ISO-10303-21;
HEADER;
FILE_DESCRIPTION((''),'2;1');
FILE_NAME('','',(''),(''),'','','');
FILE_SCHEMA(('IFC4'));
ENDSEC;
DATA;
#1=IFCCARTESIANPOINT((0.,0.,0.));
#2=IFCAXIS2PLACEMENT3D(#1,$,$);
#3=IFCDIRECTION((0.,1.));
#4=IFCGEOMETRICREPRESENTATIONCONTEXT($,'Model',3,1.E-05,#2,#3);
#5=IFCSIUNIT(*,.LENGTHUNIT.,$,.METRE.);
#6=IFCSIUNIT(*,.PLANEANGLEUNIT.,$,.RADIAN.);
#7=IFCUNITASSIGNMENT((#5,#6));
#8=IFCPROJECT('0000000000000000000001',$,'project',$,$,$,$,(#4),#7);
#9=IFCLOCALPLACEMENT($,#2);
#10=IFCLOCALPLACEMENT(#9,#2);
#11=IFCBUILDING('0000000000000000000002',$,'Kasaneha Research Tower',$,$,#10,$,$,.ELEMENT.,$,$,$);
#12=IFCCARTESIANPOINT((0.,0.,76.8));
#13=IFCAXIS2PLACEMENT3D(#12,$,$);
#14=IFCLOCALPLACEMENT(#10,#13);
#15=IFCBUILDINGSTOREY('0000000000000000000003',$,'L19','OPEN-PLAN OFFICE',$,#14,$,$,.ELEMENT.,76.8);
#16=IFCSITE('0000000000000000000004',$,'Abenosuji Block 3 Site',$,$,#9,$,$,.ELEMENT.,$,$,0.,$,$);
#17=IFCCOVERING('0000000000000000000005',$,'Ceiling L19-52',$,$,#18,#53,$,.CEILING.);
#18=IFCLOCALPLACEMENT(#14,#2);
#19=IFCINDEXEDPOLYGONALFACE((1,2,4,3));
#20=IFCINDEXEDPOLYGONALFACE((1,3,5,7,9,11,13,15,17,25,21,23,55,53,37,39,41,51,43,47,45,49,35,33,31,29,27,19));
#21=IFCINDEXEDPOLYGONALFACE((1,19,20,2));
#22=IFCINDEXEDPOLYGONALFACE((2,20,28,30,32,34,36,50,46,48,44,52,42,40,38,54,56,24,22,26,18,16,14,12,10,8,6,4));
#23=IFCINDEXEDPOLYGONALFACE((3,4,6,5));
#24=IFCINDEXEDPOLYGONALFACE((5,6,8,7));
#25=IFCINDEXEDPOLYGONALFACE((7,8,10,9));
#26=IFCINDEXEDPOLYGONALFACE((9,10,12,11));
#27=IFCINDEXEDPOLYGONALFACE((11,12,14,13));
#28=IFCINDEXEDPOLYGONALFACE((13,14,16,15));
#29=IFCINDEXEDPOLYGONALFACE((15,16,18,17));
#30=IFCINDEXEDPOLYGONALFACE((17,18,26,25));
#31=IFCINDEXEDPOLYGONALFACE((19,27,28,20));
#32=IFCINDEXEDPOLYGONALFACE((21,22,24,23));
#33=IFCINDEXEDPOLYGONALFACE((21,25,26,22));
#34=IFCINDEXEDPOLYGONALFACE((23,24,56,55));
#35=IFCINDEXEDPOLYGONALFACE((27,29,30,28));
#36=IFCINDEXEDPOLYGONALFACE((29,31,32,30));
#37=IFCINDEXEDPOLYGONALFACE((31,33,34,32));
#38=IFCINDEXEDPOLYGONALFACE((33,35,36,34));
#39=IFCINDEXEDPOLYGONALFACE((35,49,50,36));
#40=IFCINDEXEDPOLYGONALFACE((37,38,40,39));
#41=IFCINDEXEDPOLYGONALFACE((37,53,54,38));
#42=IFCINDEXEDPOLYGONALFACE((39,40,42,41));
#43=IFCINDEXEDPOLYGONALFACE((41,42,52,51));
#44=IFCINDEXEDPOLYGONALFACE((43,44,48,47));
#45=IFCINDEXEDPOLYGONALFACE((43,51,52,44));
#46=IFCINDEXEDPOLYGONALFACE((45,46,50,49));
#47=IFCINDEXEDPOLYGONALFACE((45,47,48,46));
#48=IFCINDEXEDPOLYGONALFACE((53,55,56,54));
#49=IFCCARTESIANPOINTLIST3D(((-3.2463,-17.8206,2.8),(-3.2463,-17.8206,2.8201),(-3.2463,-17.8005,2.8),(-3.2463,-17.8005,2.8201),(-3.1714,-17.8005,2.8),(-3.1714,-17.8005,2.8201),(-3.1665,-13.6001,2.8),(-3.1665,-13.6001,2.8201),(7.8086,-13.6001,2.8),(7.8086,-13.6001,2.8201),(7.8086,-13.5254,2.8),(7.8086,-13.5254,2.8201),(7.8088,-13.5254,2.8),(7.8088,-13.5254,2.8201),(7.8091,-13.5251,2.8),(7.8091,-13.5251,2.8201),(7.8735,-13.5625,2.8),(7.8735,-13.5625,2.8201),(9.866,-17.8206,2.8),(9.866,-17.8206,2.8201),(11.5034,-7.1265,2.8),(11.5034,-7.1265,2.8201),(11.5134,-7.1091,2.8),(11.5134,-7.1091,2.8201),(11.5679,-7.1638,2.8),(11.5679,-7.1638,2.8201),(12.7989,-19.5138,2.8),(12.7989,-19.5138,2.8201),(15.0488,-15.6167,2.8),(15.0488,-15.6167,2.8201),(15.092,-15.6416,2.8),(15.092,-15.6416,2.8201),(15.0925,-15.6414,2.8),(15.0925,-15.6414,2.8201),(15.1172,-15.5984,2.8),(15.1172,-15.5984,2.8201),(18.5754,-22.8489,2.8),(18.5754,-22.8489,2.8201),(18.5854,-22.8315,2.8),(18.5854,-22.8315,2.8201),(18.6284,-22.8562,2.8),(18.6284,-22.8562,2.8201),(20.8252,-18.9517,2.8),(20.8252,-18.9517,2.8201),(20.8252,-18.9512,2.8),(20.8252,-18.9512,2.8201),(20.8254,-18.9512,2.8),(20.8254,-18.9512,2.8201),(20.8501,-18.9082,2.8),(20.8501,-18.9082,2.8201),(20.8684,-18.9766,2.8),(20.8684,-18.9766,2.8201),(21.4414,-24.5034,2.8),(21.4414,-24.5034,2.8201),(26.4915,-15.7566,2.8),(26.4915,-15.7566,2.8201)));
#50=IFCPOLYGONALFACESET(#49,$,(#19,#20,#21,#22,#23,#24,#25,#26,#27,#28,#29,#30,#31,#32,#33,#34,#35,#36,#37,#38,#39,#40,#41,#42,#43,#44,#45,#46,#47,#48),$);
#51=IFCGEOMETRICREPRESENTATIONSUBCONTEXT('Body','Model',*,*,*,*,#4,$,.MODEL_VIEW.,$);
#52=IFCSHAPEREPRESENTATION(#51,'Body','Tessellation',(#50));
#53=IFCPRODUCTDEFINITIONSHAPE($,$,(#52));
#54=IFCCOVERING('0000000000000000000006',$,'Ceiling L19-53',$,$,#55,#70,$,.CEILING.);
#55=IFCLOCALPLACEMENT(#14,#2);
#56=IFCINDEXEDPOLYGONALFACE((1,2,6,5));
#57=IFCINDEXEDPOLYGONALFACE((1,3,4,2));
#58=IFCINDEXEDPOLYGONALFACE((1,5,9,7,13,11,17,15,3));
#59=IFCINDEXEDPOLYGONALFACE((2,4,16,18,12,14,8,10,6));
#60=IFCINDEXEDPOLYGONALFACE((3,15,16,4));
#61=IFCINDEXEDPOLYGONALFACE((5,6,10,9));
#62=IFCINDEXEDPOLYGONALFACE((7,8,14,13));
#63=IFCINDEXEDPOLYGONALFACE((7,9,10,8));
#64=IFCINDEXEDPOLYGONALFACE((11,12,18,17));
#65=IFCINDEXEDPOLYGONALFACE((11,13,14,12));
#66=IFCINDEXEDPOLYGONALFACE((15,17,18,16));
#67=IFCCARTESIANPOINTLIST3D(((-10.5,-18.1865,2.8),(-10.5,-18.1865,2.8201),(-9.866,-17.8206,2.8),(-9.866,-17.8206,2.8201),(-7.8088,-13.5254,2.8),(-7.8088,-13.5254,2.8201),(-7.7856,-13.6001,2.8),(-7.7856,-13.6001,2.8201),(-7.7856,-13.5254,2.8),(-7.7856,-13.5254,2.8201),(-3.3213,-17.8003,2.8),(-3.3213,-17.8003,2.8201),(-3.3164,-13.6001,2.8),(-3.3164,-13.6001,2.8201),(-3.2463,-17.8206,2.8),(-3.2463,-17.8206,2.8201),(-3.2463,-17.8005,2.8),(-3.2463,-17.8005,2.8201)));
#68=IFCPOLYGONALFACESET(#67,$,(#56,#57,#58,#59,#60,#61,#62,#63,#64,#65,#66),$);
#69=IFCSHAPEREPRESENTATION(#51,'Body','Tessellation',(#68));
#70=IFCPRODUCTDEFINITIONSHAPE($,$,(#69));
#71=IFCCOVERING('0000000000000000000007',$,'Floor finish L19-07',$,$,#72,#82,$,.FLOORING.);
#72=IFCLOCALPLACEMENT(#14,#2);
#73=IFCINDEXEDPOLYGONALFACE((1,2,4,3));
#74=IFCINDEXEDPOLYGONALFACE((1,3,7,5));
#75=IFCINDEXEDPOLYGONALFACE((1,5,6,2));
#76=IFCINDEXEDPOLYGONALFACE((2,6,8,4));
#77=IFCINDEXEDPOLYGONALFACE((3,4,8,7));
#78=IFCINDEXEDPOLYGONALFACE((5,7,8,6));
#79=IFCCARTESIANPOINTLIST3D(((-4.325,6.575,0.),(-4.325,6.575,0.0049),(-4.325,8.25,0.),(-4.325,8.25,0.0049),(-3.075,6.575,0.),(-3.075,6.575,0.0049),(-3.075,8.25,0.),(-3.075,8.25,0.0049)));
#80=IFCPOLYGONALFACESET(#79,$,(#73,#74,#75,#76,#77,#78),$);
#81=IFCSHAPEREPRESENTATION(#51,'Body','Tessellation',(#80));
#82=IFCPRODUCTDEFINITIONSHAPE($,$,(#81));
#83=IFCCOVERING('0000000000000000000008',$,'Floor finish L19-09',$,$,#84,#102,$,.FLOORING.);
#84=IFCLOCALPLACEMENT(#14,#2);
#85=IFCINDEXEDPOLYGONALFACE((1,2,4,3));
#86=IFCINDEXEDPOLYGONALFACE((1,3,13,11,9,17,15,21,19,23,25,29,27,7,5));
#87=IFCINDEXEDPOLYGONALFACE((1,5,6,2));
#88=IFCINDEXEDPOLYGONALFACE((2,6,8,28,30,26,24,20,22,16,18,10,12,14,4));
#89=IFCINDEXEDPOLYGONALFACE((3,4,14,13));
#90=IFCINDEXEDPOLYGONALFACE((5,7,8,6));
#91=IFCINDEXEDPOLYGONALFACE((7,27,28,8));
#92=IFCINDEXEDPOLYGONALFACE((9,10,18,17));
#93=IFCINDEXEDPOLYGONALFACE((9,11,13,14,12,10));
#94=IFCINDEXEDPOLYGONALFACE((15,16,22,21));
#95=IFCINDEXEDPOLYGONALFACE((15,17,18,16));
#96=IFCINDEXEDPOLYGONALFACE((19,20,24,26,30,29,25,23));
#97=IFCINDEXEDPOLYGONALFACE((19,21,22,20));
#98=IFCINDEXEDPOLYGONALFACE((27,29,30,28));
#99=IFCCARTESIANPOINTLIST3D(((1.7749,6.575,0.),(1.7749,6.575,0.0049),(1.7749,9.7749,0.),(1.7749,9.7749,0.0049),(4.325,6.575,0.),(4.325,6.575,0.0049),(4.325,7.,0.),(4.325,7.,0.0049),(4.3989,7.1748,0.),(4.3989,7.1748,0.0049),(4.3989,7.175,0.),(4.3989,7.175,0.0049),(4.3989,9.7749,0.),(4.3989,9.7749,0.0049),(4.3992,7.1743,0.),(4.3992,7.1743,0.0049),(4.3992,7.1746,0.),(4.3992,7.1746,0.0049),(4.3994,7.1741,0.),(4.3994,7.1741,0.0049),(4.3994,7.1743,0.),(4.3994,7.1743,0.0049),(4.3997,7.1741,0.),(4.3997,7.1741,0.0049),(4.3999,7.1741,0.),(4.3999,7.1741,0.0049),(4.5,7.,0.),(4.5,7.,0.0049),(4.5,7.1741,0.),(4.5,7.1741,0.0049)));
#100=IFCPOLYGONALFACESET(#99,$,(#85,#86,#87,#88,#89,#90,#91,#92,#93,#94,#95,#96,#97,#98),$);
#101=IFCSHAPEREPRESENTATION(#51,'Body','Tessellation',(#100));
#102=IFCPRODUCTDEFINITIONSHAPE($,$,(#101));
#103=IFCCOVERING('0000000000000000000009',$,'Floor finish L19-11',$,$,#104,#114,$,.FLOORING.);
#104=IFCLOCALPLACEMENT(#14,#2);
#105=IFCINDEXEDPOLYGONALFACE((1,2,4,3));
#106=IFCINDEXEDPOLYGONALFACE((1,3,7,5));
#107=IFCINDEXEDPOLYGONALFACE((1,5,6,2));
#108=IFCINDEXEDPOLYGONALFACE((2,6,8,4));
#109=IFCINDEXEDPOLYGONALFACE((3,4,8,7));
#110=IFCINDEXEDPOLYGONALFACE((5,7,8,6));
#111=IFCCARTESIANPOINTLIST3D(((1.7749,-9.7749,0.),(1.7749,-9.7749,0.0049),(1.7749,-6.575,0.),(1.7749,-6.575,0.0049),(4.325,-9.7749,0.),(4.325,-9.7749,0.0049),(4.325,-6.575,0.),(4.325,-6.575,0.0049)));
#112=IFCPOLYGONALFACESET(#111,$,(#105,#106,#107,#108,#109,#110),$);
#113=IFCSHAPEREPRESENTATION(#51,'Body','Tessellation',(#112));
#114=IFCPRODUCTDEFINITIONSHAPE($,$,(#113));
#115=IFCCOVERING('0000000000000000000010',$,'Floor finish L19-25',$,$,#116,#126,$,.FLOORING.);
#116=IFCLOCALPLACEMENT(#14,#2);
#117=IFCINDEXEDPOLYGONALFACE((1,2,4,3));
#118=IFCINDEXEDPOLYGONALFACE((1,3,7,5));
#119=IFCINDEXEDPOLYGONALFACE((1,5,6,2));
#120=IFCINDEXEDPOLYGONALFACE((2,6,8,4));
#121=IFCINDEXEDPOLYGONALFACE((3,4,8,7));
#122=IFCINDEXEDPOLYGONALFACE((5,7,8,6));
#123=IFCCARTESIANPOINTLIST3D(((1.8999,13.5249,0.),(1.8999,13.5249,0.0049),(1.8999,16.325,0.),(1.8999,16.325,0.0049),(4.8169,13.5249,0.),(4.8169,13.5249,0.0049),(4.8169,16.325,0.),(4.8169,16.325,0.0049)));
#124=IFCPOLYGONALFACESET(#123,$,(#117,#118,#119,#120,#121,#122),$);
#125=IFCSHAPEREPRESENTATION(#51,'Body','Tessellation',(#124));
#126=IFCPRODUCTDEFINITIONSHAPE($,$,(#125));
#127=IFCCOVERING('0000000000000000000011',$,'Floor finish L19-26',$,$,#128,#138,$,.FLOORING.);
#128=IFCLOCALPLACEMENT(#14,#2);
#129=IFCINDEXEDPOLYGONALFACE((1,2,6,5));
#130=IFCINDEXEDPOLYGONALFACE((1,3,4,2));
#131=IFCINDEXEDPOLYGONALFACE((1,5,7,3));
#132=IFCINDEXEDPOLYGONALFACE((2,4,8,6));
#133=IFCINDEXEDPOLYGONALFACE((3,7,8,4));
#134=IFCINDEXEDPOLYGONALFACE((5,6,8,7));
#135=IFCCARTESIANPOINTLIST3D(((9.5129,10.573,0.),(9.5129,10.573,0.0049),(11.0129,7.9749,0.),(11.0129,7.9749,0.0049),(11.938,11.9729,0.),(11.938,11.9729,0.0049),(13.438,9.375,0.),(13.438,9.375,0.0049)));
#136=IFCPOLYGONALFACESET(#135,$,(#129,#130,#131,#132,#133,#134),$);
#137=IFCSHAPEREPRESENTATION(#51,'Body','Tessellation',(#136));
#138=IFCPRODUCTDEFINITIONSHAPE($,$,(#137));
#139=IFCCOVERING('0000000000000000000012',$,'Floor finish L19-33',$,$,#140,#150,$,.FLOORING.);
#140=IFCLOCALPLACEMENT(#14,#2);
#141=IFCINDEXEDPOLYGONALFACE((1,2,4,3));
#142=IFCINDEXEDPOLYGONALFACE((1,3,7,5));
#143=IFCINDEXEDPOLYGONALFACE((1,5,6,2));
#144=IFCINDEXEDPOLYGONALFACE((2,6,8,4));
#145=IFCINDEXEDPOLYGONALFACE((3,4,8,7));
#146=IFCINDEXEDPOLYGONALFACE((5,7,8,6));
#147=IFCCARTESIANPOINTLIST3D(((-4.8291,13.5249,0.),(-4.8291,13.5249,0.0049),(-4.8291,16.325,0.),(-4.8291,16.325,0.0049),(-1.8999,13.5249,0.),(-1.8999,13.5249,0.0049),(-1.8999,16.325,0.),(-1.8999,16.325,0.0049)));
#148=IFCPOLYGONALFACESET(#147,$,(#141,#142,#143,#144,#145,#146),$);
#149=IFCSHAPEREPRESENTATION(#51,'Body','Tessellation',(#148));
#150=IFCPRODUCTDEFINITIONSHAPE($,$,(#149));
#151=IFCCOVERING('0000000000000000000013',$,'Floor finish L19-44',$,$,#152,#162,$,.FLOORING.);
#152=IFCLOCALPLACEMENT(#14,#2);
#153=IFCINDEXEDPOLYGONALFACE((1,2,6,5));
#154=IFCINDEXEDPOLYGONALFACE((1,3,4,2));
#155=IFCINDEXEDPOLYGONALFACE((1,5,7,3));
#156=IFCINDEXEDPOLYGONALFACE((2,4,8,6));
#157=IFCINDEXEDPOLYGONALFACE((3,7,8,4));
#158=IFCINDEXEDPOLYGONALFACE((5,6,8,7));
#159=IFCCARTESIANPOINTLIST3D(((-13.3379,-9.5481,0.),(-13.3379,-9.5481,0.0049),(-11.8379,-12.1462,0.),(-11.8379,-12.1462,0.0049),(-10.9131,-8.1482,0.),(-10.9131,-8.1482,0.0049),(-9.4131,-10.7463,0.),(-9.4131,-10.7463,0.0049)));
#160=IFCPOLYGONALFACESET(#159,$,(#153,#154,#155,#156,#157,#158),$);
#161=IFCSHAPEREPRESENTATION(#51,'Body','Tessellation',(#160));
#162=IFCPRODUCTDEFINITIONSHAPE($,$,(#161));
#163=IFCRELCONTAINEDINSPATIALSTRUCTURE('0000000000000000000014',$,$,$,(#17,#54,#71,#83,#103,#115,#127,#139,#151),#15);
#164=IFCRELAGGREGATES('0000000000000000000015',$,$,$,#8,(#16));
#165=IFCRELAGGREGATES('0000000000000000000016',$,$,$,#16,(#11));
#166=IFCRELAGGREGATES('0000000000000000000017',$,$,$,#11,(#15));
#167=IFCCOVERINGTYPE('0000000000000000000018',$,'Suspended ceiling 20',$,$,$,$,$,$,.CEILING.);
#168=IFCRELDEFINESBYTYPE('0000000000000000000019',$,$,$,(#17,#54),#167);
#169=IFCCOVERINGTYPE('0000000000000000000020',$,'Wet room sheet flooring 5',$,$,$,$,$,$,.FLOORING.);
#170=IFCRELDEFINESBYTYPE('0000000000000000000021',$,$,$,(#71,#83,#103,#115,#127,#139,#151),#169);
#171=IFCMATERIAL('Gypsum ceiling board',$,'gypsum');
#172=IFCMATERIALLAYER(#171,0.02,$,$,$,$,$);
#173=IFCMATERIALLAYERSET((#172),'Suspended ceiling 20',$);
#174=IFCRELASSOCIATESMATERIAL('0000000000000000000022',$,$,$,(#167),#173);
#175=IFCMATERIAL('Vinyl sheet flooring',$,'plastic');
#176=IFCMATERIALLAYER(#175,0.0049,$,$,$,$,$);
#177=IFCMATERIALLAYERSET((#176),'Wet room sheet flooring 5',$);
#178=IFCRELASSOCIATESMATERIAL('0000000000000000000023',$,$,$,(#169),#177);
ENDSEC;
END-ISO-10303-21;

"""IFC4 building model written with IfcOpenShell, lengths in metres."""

from ifc_helpers import new_model, si_unit, direction, frame, origin, place, context, subcontext, project, spatial, polyline, outline, extrude, material, layer, layer_set, type_object, element, save


model = new_model("IFC4")

# Units and contexts
model_context = context("Model", 3, precision=1e-05, world=origin(), true_north=direction((0.0, 1.0)))
body_context = subcontext(model_context, "Body", "Model", "MODEL_VIEW")
ifc_project = project(units=[si_unit("LENGTHUNIT", "METRE"), si_unit("PLANEANGLEUNIT", "RADIAN")], contexts=[model_context])

# Site, building, storey
site_placement = place(None, origin())
site = spatial("IfcSite", under=ifc_project, at=site_placement, Name="Abenosuji Block 3 Site", CompositionType="ELEMENT", RefElevation=0.0)
building_placement = place(site_placement, origin())
building = spatial("IfcBuilding", under=site, at=building_placement, Name="Kasaneha Research Tower", CompositionType="ELEMENT")
storey_placement = place(building_placement, frame((0.0, 0.0, 76.8)))
storey = spatial("IfcBuildingStorey", under=building, at=storey_placement, Name="L19", Description="OPEN-PLAN OFFICE", CompositionType="ELEMENT", Elevation=76.8)

# Coverings
ifc_material_1 = material(Name="Gypsum ceiling board", Category="gypsum")
ifc_layer_1 = layer(ifc_material_1, 0.02)
ifc_layer_set_1 = layer_set([ifc_layer_1], Name="Suspended ceiling 20")
covering_type_1 = type_object("IfcCoveringType", Name="Suspended ceiling 20", PredefinedType="CEILING", material=ifc_layer_set_1)
covering_1_placement = place(storey_placement, frame((0.0, 0.0, 2.8)))
element("IfcCovering", 1, at=covering_1_placement, inside=storey, type_object=covering_type_1, Name="Ceiling L19-52", PredefinedType="CEILING", context=body_context, shape_type="SweptSolid", body=[
    extrude(outline(polyline([(7.8091, -13.5251), (7.8735, -13.5625), (11.5679, -7.1638), (11.5034, -7.1265), (11.5134, -7.1091), (26.4915, -15.7566), (21.4414, -24.5034), (18.5754, -22.8489), (18.5854, -22.8315), (18.6284, -22.8562), (20.8684, -18.9766), (20.8252, -18.9517), (20.8254, -18.9512), (20.8252, -18.9512), (20.8501, -18.9082), (15.1172, -15.5984), (15.0925, -15.6414), (15.0925, -15.6414), (15.092, -15.6416), (15.0488, -15.6167), (12.7988, -19.5139), (12.8418, -19.5386), (12.8418, -19.5386), (9.866, -17.8206), (-3.2463, -17.8206), (-3.2463, -17.8005), (-3.1714, -17.8005), (-3.1665, -13.6001), (7.8086, -13.6001), (7.8086, -13.5254), (7.8088, -13.5254), (7.8091, -13.5251)])), origin(), (0.0, 0.0, 1.0), 0.02),
])
covering_2_placement = place(storey_placement, frame((0.0, 0.0, 2.8)))
element("IfcCovering", 2, at=covering_2_placement, inside=storey, type_object=covering_type_1, Name="Ceiling L19-53", PredefinedType="CEILING", context=body_context, shape_type="SweptSolid", body=[
    extrude(outline(polyline([(-7.8088, -13.5254), (-7.7856, -13.5254), (-7.7856, -13.6001), (-3.3164, -13.6001), (-3.3213, -17.8003), (-3.2463, -17.8005), (-3.2463, -17.8206), (-9.866, -17.8206), (-10.5, -18.1865), (-7.8088, -13.5254)])), origin(), (0.0, 0.0, 1.0), 0.02),
])
ifc_material_2 = material(Name="Vinyl sheet flooring", Category="plastic")
ifc_layer_2 = layer(ifc_material_2, 0.0049)
ifc_layer_set_2 = layer_set([ifc_layer_2], Name="Wet room sheet flooring 5")
covering_type_2 = type_object("IfcCoveringType", Name="Wet room sheet flooring 5", PredefinedType="FLOORING", material=ifc_layer_set_2)
covering_3_placement = place(storey_placement, origin())
element("IfcCovering", 3, at=covering_3_placement, inside=storey, type_object=covering_type_2, Name="Floor finish L19-07", PredefinedType="FLOORING", context=body_context, shape_type="SweptSolid", body=[
    extrude(outline(polyline([(-4.325, 6.575), (-4.325, 8.25), (-3.075, 8.25), (-3.075, 6.575), (-4.325, 6.575)])), origin(), (0.0, 0.0, 1.0), 0.0049),
])
covering_4_placement = place(storey_placement, origin())
element("IfcCovering", 4, at=covering_4_placement, inside=storey, type_object=covering_type_2, Name="Floor finish L19-09", PredefinedType="FLOORING", context=body_context, shape_type="SweptSolid", body=[
    extrude(outline(polyline([(4.3989, 9.7749), (4.3989, 7.175), (4.3989, 7.1748), (4.3989, 7.1748), (4.3989, 7.1748), (4.3992, 7.1746), (4.3992, 7.1746), (4.3992, 7.1746), (4.3992, 7.1743), (4.3992, 7.1743), (4.3994, 7.1743), (4.3994, 7.1741), (4.3994, 7.1741), (4.3997, 7.1741), (4.3997, 7.1741), (4.3999, 7.1741), (4.3999, 7.1741), (4.3999, 7.1741), (4.5, 7.1741), (4.5, 7.0), (4.325, 7.0), (4.325, 6.575), (1.7749, 6.575), (1.7749, 9.7749), (4.3989, 9.7749)])), origin(), (0.0, 0.0, 1.0), 0.0049),
])
covering_5_placement = place(storey_placement, origin())
element("IfcCovering", 5, at=covering_5_placement, inside=storey, type_object=covering_type_2, Name="Floor finish L19-11", PredefinedType="FLOORING", context=body_context, shape_type="SweptSolid", body=[
    extrude(outline(polyline([(1.7749, -9.7749), (1.7749, -6.575), (4.325, -6.575), (4.325, -9.7749), (1.7749, -9.7749)])), origin(), (0.0, 0.0, 1.0), 0.0049),
])
covering_6_placement = place(storey_placement, origin())
element("IfcCovering", 6, at=covering_6_placement, inside=storey, type_object=covering_type_2, Name="Floor finish L19-25", PredefinedType="FLOORING", context=body_context, shape_type="SweptSolid", body=[
    extrude(outline(polyline([(1.8999, 16.325), (4.8169, 16.325), (4.8169, 13.5249), (1.8999, 13.5249), (1.8999, 16.325)])), origin(), (0.0, 0.0, 1.0), 0.0049),
])
covering_7_placement = place(storey_placement, origin())
element("IfcCovering", 7, at=covering_7_placement, inside=storey, type_object=covering_type_2, Name="Floor finish L19-26", PredefinedType="FLOORING", context=body_context, shape_type="SweptSolid", body=[
    extrude(outline(polyline([(11.938, 11.9729), (13.438, 9.375), (11.0129, 7.9749), (9.5129, 10.573), (11.938, 11.9729)])), origin(), (0.0, 0.0, 1.0), 0.0049),
])
covering_8_placement = place(storey_placement, origin())
element("IfcCovering", 8, at=covering_8_placement, inside=storey, type_object=covering_type_2, Name="Floor finish L19-33", PredefinedType="FLOORING", context=body_context, shape_type="SweptSolid", body=[
    extrude(outline(polyline([(-4.8291, 16.325), (-1.8999, 16.325), (-1.8999, 13.5249), (-4.8291, 13.5249), (-4.8291, 16.325)])), origin(), (0.0, 0.0, 1.0), 0.0049),
])
covering_9_placement = place(storey_placement, origin())
element("IfcCovering", 9, at=covering_9_placement, inside=storey, type_object=covering_type_2, Name="Floor finish L19-44", PredefinedType="FLOORING", context=body_context, shape_type="SweptSolid", body=[
    extrude(outline(polyline([(-11.8379, -12.1462), (-13.3379, -9.5481), (-10.9131, -8.1482), (-9.4131, -10.7463), (-11.8379, -12.1462)])), origin(), (0.0, 0.0, 1.0), 0.0049),
])

save(model, "model.ifc")
